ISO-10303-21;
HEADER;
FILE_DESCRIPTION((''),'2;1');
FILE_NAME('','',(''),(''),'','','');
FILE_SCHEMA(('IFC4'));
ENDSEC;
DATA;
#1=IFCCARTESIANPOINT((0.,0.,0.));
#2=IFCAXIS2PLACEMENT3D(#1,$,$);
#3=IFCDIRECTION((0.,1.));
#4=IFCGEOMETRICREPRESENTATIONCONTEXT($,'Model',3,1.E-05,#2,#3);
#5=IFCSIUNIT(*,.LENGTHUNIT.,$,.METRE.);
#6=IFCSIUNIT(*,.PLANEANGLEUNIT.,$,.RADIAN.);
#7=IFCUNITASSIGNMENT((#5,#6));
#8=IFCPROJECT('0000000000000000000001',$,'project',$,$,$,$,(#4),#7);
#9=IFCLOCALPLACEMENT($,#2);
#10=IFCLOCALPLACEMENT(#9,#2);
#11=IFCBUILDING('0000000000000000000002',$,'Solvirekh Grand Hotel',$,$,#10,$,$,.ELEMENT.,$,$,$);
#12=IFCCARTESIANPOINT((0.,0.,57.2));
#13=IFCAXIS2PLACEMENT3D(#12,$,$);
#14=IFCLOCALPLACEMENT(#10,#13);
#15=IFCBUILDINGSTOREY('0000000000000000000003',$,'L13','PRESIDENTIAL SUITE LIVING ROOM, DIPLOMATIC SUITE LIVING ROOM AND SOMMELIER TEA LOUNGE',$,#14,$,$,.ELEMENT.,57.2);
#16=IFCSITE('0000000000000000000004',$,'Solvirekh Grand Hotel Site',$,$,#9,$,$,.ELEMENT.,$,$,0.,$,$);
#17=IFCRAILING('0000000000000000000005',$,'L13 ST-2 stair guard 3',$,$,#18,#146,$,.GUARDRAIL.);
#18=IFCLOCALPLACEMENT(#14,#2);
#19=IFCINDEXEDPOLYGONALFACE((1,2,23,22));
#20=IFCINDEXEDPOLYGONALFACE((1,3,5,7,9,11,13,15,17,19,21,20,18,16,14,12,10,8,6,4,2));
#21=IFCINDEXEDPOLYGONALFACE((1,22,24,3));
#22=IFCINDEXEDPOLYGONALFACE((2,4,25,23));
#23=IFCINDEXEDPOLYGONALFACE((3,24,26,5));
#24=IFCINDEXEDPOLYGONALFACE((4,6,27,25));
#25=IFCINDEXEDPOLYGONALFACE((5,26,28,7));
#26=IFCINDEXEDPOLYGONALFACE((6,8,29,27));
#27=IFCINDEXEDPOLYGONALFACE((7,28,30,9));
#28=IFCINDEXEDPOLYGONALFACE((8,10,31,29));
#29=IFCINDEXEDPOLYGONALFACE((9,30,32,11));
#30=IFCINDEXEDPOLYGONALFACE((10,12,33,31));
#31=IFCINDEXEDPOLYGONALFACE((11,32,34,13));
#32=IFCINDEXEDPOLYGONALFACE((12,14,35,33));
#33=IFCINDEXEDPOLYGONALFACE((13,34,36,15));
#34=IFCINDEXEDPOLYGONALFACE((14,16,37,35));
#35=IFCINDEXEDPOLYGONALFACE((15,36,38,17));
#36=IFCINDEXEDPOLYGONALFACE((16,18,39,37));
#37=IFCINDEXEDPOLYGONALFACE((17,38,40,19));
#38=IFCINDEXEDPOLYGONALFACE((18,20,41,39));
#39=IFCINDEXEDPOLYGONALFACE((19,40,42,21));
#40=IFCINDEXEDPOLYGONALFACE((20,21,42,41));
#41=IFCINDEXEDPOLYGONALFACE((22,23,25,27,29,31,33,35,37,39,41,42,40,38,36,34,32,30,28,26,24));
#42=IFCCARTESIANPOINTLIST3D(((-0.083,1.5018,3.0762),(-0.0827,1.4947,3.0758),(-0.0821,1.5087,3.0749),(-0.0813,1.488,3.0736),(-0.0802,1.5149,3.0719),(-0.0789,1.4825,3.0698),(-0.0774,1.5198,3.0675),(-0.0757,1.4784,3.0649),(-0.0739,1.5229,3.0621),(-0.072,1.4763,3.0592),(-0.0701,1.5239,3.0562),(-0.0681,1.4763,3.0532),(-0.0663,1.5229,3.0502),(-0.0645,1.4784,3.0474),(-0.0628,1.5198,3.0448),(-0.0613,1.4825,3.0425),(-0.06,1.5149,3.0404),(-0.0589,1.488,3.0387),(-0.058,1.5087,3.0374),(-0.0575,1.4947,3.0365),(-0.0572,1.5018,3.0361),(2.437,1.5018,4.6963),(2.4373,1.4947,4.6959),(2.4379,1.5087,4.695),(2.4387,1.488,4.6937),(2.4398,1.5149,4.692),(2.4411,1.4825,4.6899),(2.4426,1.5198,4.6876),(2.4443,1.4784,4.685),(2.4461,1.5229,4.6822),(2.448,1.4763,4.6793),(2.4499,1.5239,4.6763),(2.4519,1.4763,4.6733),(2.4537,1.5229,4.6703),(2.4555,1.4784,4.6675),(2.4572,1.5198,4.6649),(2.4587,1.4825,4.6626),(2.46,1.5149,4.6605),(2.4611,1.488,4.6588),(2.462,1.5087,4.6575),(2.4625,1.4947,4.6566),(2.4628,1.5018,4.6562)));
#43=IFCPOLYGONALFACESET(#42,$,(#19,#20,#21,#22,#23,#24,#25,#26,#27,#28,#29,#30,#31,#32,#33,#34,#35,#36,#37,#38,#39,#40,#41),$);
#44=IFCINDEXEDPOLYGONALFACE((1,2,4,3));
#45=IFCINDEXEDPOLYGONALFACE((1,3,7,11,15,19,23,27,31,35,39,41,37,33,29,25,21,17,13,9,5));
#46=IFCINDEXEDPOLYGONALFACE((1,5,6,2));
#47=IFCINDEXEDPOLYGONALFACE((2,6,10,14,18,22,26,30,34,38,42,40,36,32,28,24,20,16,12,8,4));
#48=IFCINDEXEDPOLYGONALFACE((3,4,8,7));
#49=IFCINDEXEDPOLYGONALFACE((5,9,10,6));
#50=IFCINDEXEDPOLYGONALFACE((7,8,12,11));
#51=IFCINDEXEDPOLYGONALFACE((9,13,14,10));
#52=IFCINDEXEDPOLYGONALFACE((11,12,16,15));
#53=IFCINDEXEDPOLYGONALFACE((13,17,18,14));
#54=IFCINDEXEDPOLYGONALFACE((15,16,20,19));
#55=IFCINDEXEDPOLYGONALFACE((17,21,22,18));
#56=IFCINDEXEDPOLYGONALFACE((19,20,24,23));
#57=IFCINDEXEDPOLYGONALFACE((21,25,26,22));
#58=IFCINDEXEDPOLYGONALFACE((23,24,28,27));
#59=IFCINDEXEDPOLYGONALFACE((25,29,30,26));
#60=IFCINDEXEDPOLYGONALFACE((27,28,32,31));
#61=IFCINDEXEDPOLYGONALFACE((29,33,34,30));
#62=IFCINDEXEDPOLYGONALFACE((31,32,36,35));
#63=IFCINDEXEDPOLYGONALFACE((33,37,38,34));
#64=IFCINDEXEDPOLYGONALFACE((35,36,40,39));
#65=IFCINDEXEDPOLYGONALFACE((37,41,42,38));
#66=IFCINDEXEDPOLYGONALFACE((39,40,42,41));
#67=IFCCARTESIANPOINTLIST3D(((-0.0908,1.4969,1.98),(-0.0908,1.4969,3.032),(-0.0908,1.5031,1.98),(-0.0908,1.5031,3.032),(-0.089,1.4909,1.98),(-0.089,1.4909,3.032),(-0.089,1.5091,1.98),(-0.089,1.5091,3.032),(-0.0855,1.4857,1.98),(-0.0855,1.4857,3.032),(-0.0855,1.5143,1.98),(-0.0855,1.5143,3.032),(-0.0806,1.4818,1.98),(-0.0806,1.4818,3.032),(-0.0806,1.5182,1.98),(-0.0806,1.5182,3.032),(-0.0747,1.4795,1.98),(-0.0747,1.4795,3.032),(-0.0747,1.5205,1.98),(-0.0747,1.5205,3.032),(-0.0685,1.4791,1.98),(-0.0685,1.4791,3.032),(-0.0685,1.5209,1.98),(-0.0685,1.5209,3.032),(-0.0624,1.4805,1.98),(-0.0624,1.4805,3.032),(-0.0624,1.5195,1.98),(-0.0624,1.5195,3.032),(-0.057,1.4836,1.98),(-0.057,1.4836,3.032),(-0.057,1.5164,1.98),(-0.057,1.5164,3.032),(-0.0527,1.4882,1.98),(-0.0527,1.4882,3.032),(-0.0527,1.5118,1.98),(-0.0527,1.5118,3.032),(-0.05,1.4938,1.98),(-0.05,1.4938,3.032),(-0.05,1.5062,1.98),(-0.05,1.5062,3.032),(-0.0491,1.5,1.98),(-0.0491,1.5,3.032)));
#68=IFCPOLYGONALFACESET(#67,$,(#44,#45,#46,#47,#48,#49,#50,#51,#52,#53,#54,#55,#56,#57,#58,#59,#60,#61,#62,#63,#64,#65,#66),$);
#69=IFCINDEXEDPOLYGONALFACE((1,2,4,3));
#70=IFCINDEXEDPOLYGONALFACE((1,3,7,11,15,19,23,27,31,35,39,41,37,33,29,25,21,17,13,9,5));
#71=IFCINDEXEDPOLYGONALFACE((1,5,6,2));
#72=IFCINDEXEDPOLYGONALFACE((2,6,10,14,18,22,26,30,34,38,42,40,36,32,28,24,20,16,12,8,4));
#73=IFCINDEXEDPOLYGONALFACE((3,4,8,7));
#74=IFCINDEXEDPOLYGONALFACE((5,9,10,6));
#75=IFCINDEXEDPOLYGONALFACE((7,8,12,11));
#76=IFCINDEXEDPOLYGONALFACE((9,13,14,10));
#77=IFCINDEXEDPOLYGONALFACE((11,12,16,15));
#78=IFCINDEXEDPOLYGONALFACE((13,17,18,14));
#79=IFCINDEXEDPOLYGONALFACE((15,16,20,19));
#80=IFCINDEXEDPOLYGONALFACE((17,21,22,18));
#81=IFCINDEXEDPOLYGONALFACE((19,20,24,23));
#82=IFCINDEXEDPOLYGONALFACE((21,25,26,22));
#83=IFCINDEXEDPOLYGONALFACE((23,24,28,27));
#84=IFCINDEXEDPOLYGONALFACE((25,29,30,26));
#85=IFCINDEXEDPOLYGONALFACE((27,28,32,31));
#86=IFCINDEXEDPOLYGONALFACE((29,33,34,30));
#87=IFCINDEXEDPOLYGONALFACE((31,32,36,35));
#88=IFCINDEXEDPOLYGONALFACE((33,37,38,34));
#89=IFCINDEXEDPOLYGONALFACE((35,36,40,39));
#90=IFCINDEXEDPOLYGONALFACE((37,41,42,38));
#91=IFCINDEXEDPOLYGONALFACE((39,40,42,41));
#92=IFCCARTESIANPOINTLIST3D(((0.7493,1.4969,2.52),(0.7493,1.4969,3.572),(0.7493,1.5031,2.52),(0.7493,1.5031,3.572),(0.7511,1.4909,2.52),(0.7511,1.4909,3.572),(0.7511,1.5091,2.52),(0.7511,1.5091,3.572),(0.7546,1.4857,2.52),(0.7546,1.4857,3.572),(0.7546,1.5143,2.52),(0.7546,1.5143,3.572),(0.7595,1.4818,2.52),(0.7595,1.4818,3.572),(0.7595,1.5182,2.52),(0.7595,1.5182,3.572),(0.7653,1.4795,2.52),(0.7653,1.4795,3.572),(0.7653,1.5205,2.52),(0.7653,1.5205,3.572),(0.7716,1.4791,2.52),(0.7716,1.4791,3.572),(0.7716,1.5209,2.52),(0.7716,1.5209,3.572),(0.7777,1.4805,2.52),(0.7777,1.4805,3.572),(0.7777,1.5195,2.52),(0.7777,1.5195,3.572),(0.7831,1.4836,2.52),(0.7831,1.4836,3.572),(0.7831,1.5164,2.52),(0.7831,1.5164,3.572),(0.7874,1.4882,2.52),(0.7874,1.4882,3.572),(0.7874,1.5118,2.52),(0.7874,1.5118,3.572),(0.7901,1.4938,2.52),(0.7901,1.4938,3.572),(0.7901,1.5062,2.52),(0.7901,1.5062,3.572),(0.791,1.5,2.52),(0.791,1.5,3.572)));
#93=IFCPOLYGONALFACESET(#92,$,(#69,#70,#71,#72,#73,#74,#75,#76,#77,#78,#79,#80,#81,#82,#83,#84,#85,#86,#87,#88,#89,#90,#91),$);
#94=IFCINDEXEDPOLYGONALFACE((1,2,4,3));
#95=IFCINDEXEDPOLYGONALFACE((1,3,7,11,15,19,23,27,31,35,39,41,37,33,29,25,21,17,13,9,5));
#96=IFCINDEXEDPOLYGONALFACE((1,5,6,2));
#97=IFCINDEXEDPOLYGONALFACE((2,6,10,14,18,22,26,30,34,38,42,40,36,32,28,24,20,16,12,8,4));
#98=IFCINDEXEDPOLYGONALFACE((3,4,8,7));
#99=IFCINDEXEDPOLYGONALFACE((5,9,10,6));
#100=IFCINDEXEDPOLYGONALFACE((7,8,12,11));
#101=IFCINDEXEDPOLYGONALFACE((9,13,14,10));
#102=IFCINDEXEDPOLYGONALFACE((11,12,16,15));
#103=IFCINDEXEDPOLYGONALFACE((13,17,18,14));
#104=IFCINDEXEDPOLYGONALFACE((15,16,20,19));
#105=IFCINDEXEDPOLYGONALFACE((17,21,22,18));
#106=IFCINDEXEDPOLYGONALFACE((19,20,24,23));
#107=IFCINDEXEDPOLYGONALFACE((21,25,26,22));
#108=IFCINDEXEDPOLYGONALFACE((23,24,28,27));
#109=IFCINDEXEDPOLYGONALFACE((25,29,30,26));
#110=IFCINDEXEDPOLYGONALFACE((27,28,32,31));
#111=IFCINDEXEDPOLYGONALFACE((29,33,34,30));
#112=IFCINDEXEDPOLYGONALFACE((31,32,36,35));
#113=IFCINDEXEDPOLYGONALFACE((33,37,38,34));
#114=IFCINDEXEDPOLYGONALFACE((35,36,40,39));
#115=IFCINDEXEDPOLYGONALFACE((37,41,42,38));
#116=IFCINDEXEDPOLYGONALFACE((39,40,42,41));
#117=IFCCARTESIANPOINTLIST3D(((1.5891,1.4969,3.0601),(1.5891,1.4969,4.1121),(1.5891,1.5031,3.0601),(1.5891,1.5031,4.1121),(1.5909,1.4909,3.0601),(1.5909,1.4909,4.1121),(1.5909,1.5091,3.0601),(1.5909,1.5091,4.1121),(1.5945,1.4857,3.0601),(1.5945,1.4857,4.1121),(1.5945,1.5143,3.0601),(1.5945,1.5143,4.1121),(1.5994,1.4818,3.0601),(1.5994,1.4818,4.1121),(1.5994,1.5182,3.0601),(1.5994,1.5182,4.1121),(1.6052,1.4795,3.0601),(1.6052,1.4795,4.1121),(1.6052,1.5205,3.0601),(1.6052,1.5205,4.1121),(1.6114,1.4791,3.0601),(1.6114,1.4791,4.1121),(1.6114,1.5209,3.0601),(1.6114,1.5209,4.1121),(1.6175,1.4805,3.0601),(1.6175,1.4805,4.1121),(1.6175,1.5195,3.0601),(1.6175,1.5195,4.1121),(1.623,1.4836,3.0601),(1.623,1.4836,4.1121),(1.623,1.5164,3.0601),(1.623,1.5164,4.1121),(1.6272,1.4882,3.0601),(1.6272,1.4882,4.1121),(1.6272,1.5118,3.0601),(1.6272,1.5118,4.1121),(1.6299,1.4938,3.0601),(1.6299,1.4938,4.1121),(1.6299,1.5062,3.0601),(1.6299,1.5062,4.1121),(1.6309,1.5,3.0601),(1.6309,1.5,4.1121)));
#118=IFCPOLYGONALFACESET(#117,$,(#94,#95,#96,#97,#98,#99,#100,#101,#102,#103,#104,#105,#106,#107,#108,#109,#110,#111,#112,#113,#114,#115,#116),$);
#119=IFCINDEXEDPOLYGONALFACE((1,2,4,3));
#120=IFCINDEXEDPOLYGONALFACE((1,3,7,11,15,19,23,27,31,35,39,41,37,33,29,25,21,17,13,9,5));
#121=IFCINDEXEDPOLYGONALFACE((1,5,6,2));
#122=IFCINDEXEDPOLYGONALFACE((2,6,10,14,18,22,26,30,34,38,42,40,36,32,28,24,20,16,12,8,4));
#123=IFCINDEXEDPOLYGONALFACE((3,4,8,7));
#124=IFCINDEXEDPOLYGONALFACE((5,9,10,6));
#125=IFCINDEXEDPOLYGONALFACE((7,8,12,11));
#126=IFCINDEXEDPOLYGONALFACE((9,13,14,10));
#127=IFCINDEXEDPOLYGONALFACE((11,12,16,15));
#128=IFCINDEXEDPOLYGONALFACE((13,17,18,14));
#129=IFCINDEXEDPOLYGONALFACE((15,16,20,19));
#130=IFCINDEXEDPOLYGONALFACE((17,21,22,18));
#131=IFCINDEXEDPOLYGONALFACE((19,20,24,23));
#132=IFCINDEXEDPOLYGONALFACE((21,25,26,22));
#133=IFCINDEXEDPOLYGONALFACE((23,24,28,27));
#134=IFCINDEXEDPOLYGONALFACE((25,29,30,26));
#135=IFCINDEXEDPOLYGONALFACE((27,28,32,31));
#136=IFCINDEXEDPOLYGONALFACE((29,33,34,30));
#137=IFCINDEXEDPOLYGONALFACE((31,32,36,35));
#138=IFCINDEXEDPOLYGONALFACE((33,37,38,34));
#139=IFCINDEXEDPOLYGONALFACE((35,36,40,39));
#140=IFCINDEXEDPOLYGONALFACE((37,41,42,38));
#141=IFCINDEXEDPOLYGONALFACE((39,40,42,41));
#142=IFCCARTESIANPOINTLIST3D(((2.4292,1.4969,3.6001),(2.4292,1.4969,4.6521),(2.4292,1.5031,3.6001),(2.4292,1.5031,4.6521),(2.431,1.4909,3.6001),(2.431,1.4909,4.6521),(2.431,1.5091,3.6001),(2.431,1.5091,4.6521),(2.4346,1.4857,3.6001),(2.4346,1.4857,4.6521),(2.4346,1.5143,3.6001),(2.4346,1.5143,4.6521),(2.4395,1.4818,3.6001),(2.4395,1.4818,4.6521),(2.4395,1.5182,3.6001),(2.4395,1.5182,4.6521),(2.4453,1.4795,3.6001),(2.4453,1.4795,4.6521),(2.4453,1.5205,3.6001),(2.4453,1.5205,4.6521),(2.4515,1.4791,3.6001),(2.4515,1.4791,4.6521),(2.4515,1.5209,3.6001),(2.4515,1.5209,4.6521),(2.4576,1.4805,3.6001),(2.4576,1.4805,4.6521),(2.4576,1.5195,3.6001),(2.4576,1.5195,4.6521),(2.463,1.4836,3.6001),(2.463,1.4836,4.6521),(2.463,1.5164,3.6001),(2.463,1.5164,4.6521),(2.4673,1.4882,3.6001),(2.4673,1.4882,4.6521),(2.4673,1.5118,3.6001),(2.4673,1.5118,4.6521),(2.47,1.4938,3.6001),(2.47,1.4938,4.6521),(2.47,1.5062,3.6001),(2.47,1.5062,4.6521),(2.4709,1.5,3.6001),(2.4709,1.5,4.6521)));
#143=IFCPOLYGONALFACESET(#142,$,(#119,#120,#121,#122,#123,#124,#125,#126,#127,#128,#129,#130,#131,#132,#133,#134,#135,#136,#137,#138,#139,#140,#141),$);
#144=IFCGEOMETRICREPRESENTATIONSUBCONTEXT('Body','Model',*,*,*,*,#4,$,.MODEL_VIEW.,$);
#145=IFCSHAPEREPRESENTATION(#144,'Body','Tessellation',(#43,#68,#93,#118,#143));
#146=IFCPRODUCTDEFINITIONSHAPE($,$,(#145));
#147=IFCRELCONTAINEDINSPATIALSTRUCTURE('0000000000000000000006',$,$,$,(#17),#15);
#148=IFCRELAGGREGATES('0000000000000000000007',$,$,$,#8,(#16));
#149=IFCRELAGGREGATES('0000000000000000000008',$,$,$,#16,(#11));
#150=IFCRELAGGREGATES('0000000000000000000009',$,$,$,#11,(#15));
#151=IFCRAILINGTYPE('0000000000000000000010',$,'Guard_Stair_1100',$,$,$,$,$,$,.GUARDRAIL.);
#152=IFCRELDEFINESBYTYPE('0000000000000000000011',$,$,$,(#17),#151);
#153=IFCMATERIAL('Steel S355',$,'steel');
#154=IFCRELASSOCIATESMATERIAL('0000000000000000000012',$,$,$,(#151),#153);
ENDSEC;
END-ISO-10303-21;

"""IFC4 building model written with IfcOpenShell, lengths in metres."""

from ifc_helpers import new_model, si_unit, direction, frame, origin, origin_2d, place, context, subcontext, project, spatial, circle, extrude, material, type_object, element, save


model = new_model("IFC4")

# Units and contexts
model_context = context("Model", 3, precision=1e-05, world=origin(), true_north=direction((0.0, 1.0)))
body_context = subcontext(model_context, "Body", "Model", "MODEL_VIEW")
ifc_project = project(units=[si_unit("LENGTHUNIT", "METRE"), si_unit("PLANEANGLEUNIT", "RADIAN")], contexts=[model_context])

# Site, building, storey
site_placement = place(None, origin())
site = spatial("IfcSite", under=ifc_project, at=site_placement, Name="Solvirekh Grand Hotel Site", CompositionType="ELEMENT", RefElevation=0.0)
building_placement = place(site_placement, origin())
building = spatial("IfcBuilding", under=site, at=building_placement, Name="Solvirekh Grand Hotel", CompositionType="ELEMENT")
storey_placement = place(building_placement, frame((0.0, 0.0, 57.2)))
storey = spatial("IfcBuildingStorey", under=building, at=storey_placement, Name="L13", Description="PRESIDENTIAL SUITE LIVING ROOM, DIPLOMATIC SUITE LIVING ROOM AND SOMMELIER TEA LOUNGE", CompositionType="ELEMENT", Elevation=57.2)

# Shared definitions
ifc_material_1 = material(Name="Steel S355", Category="steel")

# Railing
railing_type_1 = type_object("IfcRailingType", Name="Guard_Stair_1100", PredefinedType="GUARDRAIL", material=ifc_material_1)
railing_1_placement = place(storey_placement, frame((-0.0701, 1.5, 1.98)))
element("IfcRailing", 1, at=railing_1_placement, inside=storey, type_object=railing_type_1, Name="L13 ST-2 stair guard 3", PredefinedType="GUARDRAIL", context=body_context, shape_type="SweptSolid", body=[
    extrude(circle(Radius=0.0239, at=origin_2d()), frame((0.0, 0.0, 1.0762), z_axis=(0.841163, 0.0, 0.540782), x_axis=(0.0, 1.0, 0.0)), (0.0, 0.0, 1.0), 2.9958),
    extrude(circle(Radius=0.021, at=origin_2d()), origin(), (0.0, 0.0, 1.0), 1.052),
    extrude(circle(Radius=0.021, at=origin_2d()), frame((0.8401, 0.0, 0.54)), (0.0, 0.0, 1.0), 1.052),
    extrude(circle(Radius=0.021, at=origin_2d()), frame((1.6799, 0.0, 1.0801)), (0.0, 0.0, 1.0), 1.052),
    extrude(circle(Radius=0.021, at=origin_2d()), frame((2.52, 0.0, 1.6201)), (0.0, 0.0, 1.0), 1.052),
])

save(model, "model.ifc")
